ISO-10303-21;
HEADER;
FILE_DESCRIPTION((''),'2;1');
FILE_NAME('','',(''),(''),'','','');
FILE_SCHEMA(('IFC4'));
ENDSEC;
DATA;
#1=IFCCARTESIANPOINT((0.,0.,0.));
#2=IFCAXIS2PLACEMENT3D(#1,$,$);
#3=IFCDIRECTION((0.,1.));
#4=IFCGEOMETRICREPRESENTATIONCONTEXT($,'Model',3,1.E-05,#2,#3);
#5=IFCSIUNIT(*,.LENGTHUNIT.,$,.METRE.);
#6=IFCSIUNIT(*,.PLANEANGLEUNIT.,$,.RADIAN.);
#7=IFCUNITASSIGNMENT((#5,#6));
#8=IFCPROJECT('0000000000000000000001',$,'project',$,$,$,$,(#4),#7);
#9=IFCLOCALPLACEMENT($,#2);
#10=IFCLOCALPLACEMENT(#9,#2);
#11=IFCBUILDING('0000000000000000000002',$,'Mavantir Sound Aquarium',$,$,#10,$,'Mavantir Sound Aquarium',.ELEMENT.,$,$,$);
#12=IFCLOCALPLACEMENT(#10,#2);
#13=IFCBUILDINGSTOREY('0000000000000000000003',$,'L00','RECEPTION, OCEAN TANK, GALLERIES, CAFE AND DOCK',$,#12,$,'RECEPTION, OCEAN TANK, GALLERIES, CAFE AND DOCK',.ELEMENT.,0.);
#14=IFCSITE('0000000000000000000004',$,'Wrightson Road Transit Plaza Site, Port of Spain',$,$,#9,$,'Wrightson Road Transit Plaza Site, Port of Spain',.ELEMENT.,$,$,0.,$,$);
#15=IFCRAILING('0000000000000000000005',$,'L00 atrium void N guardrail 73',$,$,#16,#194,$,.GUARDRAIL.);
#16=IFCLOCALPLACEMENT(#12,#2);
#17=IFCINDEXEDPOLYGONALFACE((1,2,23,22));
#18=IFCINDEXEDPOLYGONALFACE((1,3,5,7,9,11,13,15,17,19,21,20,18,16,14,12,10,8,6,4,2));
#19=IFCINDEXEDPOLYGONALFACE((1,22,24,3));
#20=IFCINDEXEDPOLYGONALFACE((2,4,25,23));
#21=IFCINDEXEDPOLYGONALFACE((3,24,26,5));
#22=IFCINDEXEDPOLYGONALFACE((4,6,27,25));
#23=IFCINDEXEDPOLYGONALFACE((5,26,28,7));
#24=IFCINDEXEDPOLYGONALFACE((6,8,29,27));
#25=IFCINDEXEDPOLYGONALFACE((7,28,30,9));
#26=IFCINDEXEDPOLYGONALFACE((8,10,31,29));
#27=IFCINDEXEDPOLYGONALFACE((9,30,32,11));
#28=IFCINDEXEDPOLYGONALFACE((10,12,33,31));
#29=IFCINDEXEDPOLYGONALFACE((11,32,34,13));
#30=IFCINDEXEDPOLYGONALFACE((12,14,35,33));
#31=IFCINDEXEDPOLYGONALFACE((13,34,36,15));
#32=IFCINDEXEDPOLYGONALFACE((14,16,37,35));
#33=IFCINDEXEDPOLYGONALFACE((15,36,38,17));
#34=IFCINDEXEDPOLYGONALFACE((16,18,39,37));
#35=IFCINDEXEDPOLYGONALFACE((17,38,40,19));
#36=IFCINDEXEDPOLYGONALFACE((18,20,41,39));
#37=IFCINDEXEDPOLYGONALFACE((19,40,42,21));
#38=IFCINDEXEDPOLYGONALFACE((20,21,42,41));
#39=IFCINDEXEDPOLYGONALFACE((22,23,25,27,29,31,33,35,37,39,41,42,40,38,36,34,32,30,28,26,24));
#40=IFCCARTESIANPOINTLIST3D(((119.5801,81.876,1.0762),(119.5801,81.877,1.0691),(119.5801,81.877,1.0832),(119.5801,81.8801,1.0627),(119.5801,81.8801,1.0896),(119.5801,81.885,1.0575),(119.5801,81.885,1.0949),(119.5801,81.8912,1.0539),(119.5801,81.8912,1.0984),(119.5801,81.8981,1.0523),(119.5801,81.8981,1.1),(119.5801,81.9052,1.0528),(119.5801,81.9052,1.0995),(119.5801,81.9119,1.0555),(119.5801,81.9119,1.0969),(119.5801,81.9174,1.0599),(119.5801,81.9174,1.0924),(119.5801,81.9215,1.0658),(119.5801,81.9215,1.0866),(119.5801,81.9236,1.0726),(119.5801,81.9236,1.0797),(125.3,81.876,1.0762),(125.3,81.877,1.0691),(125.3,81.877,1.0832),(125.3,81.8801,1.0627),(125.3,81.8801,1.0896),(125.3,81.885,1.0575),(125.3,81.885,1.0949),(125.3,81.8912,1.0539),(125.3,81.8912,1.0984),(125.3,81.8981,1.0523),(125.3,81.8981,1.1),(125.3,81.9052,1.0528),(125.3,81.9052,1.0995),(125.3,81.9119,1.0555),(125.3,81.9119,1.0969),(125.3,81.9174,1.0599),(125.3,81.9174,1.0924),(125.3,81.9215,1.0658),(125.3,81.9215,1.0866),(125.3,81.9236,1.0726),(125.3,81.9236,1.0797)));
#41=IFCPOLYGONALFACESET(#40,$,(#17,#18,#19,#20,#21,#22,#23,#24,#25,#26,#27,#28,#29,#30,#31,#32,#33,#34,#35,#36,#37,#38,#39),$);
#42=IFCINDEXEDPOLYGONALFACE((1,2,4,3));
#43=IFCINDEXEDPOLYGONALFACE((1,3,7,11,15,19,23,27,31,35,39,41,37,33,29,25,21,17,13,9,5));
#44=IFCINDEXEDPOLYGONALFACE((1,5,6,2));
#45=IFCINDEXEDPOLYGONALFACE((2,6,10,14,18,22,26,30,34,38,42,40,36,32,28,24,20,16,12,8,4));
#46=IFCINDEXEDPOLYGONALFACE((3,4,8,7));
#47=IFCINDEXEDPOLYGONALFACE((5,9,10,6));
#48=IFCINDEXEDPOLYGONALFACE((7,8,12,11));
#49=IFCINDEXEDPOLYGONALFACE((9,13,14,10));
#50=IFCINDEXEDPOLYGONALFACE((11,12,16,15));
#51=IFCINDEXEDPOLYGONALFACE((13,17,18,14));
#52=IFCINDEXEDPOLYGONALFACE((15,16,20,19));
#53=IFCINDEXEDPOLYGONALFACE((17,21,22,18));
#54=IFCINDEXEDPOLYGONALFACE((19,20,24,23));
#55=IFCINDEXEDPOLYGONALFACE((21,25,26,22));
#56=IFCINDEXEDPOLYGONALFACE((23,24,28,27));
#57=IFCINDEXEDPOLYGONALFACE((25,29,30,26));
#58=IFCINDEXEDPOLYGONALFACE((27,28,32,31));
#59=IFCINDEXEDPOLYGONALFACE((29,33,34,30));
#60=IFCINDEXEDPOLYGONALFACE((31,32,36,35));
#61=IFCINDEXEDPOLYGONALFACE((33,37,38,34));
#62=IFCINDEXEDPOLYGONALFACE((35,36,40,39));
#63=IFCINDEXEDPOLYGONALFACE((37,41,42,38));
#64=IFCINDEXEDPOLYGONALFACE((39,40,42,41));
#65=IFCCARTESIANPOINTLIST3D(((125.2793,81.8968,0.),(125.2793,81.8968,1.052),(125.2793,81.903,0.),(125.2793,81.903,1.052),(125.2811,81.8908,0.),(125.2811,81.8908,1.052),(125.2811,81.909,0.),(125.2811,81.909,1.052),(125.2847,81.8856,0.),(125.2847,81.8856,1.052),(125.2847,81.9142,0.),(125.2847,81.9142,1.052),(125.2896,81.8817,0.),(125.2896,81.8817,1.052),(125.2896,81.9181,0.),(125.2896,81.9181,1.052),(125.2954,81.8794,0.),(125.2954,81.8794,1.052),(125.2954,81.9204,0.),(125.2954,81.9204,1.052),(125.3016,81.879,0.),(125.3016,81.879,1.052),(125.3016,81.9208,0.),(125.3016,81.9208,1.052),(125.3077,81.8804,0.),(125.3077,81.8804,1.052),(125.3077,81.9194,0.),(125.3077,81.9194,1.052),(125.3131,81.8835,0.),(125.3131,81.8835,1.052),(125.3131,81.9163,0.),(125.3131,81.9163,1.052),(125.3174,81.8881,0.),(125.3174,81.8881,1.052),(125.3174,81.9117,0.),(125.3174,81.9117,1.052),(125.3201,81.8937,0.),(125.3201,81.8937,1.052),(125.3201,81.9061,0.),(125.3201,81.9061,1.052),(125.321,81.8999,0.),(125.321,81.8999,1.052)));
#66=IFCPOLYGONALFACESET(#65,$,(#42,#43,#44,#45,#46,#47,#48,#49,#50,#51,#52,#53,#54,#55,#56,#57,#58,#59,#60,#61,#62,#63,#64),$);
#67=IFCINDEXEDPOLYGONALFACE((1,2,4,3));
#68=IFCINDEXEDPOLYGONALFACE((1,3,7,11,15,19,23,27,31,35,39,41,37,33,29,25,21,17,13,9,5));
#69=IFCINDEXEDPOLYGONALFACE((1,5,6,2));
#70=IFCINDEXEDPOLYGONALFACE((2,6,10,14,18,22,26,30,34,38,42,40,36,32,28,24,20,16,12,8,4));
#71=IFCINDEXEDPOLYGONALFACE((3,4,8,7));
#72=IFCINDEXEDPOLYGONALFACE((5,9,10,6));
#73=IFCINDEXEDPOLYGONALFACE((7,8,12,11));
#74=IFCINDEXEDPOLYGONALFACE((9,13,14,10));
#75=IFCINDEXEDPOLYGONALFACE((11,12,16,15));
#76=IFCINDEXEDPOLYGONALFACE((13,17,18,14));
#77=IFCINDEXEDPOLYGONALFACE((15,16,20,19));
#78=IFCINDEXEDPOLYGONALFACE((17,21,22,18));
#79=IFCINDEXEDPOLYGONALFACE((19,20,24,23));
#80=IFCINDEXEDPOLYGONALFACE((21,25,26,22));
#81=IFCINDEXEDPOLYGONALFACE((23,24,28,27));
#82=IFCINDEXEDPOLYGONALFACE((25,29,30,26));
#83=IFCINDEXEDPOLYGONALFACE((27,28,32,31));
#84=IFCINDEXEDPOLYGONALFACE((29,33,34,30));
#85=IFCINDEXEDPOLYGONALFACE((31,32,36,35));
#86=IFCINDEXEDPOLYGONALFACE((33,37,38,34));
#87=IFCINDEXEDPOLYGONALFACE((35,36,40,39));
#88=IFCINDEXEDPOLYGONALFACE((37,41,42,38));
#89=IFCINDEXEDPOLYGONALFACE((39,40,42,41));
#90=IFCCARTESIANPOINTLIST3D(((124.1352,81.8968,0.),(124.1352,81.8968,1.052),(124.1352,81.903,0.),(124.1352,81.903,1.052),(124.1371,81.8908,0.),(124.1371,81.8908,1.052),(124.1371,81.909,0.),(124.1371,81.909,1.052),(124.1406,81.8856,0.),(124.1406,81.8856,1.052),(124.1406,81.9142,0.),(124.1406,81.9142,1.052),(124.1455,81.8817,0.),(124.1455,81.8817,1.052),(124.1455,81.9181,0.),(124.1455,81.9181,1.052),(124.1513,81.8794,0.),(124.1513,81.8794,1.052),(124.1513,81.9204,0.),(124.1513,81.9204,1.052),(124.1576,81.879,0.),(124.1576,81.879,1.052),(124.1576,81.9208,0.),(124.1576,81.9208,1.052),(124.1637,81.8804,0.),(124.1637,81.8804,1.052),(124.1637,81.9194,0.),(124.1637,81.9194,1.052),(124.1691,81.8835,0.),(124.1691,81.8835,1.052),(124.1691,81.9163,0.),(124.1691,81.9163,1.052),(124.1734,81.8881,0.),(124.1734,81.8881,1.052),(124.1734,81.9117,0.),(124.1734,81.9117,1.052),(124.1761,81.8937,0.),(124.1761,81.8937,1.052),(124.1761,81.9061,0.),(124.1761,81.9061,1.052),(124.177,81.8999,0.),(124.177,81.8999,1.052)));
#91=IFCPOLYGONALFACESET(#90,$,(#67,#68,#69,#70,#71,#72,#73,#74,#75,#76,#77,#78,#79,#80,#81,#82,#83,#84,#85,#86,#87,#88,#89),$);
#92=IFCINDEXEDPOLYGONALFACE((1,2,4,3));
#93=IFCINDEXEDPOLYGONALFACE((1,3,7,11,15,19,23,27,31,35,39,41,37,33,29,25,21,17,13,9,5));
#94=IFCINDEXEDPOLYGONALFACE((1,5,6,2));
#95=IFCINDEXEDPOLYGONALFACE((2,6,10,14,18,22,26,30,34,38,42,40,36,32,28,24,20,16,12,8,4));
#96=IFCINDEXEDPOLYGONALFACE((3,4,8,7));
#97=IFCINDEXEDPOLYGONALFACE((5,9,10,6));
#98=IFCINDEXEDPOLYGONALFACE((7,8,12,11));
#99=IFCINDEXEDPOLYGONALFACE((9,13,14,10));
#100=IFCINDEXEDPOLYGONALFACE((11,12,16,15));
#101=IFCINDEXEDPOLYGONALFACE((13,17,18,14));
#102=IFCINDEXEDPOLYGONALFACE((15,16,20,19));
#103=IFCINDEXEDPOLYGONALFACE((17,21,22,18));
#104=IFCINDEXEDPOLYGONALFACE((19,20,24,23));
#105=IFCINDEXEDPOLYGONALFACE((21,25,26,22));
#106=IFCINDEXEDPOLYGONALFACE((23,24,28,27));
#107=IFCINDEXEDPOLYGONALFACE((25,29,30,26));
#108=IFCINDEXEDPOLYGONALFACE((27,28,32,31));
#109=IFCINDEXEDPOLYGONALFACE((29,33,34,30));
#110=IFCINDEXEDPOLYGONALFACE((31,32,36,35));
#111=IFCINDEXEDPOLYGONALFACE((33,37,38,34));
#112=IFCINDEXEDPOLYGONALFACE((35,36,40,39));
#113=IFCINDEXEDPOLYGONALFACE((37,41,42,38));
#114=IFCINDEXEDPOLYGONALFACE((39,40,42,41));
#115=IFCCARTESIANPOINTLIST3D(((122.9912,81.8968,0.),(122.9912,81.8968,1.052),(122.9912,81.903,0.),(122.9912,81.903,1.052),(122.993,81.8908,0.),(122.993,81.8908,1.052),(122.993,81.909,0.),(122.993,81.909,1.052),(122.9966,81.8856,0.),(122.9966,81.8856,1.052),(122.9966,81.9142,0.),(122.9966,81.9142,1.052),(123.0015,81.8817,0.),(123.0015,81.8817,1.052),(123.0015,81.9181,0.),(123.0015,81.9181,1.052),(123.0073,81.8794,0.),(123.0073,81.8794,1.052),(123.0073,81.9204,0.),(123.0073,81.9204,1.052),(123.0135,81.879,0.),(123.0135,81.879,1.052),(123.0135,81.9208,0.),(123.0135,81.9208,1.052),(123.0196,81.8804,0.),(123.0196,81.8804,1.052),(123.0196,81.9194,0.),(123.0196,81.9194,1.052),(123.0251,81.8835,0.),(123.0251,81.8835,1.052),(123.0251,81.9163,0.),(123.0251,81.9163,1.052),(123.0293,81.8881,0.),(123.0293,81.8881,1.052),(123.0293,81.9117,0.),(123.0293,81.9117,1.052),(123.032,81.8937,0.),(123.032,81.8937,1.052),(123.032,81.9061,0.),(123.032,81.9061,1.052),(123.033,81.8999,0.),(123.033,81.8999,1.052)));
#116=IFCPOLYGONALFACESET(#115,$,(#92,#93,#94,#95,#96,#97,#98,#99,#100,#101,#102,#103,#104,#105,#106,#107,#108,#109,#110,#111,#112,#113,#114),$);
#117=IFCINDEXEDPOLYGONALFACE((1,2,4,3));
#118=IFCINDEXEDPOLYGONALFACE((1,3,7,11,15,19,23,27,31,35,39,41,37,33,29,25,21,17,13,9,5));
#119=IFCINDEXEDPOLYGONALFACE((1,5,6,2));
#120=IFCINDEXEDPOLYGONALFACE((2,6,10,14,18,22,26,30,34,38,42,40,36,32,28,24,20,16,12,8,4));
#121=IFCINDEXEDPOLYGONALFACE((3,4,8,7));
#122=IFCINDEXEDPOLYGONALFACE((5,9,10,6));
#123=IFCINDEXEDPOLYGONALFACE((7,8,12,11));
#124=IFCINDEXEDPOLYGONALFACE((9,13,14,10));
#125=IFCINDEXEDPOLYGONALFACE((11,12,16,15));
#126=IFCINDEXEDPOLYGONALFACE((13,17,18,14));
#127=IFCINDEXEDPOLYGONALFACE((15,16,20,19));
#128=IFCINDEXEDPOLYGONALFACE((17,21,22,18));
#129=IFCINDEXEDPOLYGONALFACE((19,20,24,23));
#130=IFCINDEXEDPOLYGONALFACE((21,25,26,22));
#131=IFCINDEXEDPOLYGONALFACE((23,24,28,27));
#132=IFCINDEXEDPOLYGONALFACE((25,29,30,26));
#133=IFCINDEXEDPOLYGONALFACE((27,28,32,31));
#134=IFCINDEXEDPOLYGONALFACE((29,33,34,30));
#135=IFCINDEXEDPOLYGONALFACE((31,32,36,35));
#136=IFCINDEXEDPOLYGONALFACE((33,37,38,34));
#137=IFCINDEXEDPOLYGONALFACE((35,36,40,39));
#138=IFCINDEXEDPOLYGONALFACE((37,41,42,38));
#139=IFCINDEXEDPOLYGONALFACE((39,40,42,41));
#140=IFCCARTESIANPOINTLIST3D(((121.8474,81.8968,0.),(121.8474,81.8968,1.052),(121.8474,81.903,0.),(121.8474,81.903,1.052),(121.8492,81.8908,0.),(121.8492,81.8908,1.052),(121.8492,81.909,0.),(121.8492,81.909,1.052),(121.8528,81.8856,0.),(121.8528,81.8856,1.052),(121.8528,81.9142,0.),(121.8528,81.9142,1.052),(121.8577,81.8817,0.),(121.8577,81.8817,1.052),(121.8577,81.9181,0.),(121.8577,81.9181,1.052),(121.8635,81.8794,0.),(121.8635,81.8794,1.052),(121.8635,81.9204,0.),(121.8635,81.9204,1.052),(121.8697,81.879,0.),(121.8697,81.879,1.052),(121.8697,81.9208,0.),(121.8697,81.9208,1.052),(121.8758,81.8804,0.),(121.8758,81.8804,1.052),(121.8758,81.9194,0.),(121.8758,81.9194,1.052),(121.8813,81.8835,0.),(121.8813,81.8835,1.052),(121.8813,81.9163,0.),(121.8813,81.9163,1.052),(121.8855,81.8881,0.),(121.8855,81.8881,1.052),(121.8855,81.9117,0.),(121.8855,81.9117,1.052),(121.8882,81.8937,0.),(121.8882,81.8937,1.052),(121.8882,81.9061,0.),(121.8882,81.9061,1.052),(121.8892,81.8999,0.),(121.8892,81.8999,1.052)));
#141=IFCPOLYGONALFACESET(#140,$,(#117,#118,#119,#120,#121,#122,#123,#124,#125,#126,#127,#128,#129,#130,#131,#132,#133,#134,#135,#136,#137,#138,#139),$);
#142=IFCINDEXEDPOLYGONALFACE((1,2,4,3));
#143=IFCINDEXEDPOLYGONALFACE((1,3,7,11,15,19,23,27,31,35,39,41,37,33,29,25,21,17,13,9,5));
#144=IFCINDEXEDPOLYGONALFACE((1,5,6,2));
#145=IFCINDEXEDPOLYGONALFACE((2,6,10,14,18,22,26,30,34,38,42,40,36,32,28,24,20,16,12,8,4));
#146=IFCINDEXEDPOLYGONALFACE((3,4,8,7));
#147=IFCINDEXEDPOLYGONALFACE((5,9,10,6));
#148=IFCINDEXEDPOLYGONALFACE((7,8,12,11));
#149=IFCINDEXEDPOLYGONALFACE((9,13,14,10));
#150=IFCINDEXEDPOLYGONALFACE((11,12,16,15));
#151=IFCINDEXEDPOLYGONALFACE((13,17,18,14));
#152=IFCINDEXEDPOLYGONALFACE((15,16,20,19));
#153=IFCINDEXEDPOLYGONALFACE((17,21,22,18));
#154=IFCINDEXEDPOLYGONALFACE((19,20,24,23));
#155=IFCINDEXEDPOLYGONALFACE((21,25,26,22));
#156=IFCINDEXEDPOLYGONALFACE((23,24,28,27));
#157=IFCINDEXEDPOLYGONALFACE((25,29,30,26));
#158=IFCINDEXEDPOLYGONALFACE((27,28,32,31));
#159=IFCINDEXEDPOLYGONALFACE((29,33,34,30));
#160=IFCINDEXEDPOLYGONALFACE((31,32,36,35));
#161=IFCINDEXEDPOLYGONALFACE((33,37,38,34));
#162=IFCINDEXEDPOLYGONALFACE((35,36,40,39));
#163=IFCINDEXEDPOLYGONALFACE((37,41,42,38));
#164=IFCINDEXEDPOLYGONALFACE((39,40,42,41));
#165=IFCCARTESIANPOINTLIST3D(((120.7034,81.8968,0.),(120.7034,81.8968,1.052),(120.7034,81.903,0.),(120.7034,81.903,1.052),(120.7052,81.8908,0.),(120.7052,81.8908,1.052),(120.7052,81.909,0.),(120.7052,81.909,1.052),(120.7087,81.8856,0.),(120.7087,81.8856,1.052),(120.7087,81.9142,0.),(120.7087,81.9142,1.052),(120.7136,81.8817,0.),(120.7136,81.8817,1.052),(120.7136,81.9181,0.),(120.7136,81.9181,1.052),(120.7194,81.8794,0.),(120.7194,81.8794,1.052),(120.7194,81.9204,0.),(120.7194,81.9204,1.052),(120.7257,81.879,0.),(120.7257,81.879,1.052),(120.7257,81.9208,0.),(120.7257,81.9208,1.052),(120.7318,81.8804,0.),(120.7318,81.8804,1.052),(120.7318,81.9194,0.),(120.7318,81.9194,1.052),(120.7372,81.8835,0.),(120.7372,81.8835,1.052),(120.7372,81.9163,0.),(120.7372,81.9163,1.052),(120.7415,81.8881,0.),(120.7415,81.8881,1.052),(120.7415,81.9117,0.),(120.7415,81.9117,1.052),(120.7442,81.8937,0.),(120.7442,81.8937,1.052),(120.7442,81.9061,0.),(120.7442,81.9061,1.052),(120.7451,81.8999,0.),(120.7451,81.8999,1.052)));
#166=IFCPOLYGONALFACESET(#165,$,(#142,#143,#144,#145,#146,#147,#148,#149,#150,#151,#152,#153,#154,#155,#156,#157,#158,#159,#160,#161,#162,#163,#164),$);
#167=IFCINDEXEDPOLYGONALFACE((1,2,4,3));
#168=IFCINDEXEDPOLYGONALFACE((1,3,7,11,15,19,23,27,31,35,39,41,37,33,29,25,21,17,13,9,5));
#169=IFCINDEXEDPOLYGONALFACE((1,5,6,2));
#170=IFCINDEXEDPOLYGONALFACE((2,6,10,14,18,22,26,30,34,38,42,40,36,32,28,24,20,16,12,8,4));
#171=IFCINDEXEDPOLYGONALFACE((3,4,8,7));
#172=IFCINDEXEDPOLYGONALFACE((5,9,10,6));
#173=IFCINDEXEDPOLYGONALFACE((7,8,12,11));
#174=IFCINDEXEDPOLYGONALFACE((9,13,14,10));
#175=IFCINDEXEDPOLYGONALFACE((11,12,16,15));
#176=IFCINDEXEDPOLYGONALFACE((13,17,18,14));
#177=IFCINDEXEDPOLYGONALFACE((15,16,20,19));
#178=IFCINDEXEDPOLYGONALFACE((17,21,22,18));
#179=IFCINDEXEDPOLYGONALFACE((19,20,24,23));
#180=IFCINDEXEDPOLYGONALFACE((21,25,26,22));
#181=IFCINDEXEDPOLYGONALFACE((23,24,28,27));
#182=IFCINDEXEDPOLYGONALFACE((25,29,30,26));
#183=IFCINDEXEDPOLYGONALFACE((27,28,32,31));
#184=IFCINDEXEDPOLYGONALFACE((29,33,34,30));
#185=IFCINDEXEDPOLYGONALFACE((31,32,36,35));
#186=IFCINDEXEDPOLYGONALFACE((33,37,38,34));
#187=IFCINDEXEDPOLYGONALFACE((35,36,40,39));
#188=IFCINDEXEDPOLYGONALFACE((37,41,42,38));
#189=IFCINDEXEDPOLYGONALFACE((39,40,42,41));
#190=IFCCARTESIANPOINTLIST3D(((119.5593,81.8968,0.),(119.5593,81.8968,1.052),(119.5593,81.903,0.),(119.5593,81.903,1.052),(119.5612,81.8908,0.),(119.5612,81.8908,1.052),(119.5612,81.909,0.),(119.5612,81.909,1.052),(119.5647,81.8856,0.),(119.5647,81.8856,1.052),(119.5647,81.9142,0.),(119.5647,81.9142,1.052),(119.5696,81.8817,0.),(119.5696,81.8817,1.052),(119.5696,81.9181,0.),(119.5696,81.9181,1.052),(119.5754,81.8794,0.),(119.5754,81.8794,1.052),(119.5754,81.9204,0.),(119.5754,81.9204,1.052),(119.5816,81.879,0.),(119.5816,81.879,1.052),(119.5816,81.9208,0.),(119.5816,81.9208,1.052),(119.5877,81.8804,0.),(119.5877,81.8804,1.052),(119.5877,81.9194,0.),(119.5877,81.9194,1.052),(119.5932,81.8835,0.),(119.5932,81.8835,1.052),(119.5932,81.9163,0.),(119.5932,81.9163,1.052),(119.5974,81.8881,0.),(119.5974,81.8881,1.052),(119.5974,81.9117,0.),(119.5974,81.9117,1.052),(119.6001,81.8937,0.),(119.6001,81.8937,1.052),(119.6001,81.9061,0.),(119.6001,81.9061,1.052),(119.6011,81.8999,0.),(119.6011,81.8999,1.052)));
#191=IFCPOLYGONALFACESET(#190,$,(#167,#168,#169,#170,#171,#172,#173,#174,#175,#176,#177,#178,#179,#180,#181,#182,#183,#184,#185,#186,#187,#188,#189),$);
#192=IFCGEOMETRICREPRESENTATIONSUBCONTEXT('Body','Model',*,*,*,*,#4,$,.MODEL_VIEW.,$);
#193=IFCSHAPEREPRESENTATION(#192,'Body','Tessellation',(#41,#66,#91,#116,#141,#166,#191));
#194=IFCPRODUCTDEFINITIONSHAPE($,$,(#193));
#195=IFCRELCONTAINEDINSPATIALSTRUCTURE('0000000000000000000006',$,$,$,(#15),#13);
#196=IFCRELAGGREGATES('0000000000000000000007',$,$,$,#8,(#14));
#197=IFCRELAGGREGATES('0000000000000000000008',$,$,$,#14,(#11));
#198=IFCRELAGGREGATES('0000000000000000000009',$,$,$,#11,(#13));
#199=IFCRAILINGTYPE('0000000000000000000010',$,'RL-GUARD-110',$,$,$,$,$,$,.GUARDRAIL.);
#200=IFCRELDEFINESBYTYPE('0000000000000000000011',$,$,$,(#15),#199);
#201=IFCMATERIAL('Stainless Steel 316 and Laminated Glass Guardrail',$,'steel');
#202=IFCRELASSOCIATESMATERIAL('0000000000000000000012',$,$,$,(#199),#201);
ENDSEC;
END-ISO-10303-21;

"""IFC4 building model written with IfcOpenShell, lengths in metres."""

from ifc_helpers import new_model, si_unit, direction, frame, origin, origin_2d, place, context, subcontext, project, spatial, circle, extrude, material, type_object, element, save


model = new_model("IFC4")

# Units and contexts
model_context = context("Model", 3, precision=1e-05, world=origin(), true_north=direction((0.0, 1.0)))
body_context = subcontext(model_context, "Body", "Model", "MODEL_VIEW")
ifc_project = project(units=[si_unit("LENGTHUNIT", "METRE"), si_unit("PLANEANGLEUNIT", "RADIAN")], contexts=[model_context])

# Site, building, storey
site_placement = place(None, origin())
site = spatial("IfcSite", under=ifc_project, at=site_placement, Name="Wrightson Road Transit Plaza Site, Port of Spain", LongName="Wrightson Road Transit Plaza Site, Port of Spain", CompositionType="ELEMENT", RefElevation=0.0)
building_placement = place(site_placement, origin())
building = spatial("IfcBuilding", under=site, at=building_placement, Name="Mavantir Sound Aquarium", LongName="Mavantir Sound Aquarium", CompositionType="ELEMENT")
storey_placement = place(building_placement, origin())
storey = spatial("IfcBuildingStorey", under=building, at=storey_placement, Name="L00", Description="RECEPTION, OCEAN TANK, GALLERIES, CAFE AND DOCK", LongName="RECEPTION, OCEAN TANK, GALLERIES, CAFE AND DOCK", CompositionType="ELEMENT", Elevation=0.0)

# Railing
ifc_material_1 = material(Name="Stainless Steel 316 and Laminated Glass Guardrail", Category="steel")
railing_type = type_object("IfcRailingType", Name="RL-GUARD-110", PredefinedType="GUARDRAIL", material=ifc_material_1)
railing_1_placement = place(storey_placement, frame((125.3, 81.8999, 0.0)))
element("IfcRailing", 1, at=railing_1_placement, inside=storey, type_object=railing_type, Name="L00 atrium void N guardrail 73", PredefinedType="GUARDRAIL", context=body_context, shape_type="SweptSolid", body=[
    extrude(circle(Radius=0.0239, at=origin_2d()), frame((0.0, 0.0, 1.0762), z_axis=(-1.0, 0.0, 0.0), x_axis=(0.0, -1.0, 0.0)), (0.0, 0.0, 1.0), 5.72),
    extrude(circle(Radius=0.021, at=origin_2d()), origin(), (0.0, 0.0, 1.0), 1.052),
    extrude(circle(Radius=0.021, at=origin_2d()), frame((-1.144, 0.0, 0.0)), (0.0, 0.0, 1.0), 1.052),
    extrude(circle(Radius=0.021, at=origin_2d()), frame((-2.2881, 0.0, 0.0)), (0.0, 0.0, 1.0), 1.052),
    extrude(circle(Radius=0.021, at=origin_2d()), frame((-3.4319, 0.0, 0.0)), (0.0, 0.0, 1.0), 1.052),
    extrude(circle(Radius=0.021, at=origin_2d()), frame((-4.5759, 0.0, 0.0)), (0.0, 0.0, 1.0), 1.052),
    extrude(circle(Radius=0.021, at=origin_2d()), frame((-5.72, 0.0, 0.0)), (0.0, 0.0, 1.0), 1.052),
])

save(model, "model.ifc")
